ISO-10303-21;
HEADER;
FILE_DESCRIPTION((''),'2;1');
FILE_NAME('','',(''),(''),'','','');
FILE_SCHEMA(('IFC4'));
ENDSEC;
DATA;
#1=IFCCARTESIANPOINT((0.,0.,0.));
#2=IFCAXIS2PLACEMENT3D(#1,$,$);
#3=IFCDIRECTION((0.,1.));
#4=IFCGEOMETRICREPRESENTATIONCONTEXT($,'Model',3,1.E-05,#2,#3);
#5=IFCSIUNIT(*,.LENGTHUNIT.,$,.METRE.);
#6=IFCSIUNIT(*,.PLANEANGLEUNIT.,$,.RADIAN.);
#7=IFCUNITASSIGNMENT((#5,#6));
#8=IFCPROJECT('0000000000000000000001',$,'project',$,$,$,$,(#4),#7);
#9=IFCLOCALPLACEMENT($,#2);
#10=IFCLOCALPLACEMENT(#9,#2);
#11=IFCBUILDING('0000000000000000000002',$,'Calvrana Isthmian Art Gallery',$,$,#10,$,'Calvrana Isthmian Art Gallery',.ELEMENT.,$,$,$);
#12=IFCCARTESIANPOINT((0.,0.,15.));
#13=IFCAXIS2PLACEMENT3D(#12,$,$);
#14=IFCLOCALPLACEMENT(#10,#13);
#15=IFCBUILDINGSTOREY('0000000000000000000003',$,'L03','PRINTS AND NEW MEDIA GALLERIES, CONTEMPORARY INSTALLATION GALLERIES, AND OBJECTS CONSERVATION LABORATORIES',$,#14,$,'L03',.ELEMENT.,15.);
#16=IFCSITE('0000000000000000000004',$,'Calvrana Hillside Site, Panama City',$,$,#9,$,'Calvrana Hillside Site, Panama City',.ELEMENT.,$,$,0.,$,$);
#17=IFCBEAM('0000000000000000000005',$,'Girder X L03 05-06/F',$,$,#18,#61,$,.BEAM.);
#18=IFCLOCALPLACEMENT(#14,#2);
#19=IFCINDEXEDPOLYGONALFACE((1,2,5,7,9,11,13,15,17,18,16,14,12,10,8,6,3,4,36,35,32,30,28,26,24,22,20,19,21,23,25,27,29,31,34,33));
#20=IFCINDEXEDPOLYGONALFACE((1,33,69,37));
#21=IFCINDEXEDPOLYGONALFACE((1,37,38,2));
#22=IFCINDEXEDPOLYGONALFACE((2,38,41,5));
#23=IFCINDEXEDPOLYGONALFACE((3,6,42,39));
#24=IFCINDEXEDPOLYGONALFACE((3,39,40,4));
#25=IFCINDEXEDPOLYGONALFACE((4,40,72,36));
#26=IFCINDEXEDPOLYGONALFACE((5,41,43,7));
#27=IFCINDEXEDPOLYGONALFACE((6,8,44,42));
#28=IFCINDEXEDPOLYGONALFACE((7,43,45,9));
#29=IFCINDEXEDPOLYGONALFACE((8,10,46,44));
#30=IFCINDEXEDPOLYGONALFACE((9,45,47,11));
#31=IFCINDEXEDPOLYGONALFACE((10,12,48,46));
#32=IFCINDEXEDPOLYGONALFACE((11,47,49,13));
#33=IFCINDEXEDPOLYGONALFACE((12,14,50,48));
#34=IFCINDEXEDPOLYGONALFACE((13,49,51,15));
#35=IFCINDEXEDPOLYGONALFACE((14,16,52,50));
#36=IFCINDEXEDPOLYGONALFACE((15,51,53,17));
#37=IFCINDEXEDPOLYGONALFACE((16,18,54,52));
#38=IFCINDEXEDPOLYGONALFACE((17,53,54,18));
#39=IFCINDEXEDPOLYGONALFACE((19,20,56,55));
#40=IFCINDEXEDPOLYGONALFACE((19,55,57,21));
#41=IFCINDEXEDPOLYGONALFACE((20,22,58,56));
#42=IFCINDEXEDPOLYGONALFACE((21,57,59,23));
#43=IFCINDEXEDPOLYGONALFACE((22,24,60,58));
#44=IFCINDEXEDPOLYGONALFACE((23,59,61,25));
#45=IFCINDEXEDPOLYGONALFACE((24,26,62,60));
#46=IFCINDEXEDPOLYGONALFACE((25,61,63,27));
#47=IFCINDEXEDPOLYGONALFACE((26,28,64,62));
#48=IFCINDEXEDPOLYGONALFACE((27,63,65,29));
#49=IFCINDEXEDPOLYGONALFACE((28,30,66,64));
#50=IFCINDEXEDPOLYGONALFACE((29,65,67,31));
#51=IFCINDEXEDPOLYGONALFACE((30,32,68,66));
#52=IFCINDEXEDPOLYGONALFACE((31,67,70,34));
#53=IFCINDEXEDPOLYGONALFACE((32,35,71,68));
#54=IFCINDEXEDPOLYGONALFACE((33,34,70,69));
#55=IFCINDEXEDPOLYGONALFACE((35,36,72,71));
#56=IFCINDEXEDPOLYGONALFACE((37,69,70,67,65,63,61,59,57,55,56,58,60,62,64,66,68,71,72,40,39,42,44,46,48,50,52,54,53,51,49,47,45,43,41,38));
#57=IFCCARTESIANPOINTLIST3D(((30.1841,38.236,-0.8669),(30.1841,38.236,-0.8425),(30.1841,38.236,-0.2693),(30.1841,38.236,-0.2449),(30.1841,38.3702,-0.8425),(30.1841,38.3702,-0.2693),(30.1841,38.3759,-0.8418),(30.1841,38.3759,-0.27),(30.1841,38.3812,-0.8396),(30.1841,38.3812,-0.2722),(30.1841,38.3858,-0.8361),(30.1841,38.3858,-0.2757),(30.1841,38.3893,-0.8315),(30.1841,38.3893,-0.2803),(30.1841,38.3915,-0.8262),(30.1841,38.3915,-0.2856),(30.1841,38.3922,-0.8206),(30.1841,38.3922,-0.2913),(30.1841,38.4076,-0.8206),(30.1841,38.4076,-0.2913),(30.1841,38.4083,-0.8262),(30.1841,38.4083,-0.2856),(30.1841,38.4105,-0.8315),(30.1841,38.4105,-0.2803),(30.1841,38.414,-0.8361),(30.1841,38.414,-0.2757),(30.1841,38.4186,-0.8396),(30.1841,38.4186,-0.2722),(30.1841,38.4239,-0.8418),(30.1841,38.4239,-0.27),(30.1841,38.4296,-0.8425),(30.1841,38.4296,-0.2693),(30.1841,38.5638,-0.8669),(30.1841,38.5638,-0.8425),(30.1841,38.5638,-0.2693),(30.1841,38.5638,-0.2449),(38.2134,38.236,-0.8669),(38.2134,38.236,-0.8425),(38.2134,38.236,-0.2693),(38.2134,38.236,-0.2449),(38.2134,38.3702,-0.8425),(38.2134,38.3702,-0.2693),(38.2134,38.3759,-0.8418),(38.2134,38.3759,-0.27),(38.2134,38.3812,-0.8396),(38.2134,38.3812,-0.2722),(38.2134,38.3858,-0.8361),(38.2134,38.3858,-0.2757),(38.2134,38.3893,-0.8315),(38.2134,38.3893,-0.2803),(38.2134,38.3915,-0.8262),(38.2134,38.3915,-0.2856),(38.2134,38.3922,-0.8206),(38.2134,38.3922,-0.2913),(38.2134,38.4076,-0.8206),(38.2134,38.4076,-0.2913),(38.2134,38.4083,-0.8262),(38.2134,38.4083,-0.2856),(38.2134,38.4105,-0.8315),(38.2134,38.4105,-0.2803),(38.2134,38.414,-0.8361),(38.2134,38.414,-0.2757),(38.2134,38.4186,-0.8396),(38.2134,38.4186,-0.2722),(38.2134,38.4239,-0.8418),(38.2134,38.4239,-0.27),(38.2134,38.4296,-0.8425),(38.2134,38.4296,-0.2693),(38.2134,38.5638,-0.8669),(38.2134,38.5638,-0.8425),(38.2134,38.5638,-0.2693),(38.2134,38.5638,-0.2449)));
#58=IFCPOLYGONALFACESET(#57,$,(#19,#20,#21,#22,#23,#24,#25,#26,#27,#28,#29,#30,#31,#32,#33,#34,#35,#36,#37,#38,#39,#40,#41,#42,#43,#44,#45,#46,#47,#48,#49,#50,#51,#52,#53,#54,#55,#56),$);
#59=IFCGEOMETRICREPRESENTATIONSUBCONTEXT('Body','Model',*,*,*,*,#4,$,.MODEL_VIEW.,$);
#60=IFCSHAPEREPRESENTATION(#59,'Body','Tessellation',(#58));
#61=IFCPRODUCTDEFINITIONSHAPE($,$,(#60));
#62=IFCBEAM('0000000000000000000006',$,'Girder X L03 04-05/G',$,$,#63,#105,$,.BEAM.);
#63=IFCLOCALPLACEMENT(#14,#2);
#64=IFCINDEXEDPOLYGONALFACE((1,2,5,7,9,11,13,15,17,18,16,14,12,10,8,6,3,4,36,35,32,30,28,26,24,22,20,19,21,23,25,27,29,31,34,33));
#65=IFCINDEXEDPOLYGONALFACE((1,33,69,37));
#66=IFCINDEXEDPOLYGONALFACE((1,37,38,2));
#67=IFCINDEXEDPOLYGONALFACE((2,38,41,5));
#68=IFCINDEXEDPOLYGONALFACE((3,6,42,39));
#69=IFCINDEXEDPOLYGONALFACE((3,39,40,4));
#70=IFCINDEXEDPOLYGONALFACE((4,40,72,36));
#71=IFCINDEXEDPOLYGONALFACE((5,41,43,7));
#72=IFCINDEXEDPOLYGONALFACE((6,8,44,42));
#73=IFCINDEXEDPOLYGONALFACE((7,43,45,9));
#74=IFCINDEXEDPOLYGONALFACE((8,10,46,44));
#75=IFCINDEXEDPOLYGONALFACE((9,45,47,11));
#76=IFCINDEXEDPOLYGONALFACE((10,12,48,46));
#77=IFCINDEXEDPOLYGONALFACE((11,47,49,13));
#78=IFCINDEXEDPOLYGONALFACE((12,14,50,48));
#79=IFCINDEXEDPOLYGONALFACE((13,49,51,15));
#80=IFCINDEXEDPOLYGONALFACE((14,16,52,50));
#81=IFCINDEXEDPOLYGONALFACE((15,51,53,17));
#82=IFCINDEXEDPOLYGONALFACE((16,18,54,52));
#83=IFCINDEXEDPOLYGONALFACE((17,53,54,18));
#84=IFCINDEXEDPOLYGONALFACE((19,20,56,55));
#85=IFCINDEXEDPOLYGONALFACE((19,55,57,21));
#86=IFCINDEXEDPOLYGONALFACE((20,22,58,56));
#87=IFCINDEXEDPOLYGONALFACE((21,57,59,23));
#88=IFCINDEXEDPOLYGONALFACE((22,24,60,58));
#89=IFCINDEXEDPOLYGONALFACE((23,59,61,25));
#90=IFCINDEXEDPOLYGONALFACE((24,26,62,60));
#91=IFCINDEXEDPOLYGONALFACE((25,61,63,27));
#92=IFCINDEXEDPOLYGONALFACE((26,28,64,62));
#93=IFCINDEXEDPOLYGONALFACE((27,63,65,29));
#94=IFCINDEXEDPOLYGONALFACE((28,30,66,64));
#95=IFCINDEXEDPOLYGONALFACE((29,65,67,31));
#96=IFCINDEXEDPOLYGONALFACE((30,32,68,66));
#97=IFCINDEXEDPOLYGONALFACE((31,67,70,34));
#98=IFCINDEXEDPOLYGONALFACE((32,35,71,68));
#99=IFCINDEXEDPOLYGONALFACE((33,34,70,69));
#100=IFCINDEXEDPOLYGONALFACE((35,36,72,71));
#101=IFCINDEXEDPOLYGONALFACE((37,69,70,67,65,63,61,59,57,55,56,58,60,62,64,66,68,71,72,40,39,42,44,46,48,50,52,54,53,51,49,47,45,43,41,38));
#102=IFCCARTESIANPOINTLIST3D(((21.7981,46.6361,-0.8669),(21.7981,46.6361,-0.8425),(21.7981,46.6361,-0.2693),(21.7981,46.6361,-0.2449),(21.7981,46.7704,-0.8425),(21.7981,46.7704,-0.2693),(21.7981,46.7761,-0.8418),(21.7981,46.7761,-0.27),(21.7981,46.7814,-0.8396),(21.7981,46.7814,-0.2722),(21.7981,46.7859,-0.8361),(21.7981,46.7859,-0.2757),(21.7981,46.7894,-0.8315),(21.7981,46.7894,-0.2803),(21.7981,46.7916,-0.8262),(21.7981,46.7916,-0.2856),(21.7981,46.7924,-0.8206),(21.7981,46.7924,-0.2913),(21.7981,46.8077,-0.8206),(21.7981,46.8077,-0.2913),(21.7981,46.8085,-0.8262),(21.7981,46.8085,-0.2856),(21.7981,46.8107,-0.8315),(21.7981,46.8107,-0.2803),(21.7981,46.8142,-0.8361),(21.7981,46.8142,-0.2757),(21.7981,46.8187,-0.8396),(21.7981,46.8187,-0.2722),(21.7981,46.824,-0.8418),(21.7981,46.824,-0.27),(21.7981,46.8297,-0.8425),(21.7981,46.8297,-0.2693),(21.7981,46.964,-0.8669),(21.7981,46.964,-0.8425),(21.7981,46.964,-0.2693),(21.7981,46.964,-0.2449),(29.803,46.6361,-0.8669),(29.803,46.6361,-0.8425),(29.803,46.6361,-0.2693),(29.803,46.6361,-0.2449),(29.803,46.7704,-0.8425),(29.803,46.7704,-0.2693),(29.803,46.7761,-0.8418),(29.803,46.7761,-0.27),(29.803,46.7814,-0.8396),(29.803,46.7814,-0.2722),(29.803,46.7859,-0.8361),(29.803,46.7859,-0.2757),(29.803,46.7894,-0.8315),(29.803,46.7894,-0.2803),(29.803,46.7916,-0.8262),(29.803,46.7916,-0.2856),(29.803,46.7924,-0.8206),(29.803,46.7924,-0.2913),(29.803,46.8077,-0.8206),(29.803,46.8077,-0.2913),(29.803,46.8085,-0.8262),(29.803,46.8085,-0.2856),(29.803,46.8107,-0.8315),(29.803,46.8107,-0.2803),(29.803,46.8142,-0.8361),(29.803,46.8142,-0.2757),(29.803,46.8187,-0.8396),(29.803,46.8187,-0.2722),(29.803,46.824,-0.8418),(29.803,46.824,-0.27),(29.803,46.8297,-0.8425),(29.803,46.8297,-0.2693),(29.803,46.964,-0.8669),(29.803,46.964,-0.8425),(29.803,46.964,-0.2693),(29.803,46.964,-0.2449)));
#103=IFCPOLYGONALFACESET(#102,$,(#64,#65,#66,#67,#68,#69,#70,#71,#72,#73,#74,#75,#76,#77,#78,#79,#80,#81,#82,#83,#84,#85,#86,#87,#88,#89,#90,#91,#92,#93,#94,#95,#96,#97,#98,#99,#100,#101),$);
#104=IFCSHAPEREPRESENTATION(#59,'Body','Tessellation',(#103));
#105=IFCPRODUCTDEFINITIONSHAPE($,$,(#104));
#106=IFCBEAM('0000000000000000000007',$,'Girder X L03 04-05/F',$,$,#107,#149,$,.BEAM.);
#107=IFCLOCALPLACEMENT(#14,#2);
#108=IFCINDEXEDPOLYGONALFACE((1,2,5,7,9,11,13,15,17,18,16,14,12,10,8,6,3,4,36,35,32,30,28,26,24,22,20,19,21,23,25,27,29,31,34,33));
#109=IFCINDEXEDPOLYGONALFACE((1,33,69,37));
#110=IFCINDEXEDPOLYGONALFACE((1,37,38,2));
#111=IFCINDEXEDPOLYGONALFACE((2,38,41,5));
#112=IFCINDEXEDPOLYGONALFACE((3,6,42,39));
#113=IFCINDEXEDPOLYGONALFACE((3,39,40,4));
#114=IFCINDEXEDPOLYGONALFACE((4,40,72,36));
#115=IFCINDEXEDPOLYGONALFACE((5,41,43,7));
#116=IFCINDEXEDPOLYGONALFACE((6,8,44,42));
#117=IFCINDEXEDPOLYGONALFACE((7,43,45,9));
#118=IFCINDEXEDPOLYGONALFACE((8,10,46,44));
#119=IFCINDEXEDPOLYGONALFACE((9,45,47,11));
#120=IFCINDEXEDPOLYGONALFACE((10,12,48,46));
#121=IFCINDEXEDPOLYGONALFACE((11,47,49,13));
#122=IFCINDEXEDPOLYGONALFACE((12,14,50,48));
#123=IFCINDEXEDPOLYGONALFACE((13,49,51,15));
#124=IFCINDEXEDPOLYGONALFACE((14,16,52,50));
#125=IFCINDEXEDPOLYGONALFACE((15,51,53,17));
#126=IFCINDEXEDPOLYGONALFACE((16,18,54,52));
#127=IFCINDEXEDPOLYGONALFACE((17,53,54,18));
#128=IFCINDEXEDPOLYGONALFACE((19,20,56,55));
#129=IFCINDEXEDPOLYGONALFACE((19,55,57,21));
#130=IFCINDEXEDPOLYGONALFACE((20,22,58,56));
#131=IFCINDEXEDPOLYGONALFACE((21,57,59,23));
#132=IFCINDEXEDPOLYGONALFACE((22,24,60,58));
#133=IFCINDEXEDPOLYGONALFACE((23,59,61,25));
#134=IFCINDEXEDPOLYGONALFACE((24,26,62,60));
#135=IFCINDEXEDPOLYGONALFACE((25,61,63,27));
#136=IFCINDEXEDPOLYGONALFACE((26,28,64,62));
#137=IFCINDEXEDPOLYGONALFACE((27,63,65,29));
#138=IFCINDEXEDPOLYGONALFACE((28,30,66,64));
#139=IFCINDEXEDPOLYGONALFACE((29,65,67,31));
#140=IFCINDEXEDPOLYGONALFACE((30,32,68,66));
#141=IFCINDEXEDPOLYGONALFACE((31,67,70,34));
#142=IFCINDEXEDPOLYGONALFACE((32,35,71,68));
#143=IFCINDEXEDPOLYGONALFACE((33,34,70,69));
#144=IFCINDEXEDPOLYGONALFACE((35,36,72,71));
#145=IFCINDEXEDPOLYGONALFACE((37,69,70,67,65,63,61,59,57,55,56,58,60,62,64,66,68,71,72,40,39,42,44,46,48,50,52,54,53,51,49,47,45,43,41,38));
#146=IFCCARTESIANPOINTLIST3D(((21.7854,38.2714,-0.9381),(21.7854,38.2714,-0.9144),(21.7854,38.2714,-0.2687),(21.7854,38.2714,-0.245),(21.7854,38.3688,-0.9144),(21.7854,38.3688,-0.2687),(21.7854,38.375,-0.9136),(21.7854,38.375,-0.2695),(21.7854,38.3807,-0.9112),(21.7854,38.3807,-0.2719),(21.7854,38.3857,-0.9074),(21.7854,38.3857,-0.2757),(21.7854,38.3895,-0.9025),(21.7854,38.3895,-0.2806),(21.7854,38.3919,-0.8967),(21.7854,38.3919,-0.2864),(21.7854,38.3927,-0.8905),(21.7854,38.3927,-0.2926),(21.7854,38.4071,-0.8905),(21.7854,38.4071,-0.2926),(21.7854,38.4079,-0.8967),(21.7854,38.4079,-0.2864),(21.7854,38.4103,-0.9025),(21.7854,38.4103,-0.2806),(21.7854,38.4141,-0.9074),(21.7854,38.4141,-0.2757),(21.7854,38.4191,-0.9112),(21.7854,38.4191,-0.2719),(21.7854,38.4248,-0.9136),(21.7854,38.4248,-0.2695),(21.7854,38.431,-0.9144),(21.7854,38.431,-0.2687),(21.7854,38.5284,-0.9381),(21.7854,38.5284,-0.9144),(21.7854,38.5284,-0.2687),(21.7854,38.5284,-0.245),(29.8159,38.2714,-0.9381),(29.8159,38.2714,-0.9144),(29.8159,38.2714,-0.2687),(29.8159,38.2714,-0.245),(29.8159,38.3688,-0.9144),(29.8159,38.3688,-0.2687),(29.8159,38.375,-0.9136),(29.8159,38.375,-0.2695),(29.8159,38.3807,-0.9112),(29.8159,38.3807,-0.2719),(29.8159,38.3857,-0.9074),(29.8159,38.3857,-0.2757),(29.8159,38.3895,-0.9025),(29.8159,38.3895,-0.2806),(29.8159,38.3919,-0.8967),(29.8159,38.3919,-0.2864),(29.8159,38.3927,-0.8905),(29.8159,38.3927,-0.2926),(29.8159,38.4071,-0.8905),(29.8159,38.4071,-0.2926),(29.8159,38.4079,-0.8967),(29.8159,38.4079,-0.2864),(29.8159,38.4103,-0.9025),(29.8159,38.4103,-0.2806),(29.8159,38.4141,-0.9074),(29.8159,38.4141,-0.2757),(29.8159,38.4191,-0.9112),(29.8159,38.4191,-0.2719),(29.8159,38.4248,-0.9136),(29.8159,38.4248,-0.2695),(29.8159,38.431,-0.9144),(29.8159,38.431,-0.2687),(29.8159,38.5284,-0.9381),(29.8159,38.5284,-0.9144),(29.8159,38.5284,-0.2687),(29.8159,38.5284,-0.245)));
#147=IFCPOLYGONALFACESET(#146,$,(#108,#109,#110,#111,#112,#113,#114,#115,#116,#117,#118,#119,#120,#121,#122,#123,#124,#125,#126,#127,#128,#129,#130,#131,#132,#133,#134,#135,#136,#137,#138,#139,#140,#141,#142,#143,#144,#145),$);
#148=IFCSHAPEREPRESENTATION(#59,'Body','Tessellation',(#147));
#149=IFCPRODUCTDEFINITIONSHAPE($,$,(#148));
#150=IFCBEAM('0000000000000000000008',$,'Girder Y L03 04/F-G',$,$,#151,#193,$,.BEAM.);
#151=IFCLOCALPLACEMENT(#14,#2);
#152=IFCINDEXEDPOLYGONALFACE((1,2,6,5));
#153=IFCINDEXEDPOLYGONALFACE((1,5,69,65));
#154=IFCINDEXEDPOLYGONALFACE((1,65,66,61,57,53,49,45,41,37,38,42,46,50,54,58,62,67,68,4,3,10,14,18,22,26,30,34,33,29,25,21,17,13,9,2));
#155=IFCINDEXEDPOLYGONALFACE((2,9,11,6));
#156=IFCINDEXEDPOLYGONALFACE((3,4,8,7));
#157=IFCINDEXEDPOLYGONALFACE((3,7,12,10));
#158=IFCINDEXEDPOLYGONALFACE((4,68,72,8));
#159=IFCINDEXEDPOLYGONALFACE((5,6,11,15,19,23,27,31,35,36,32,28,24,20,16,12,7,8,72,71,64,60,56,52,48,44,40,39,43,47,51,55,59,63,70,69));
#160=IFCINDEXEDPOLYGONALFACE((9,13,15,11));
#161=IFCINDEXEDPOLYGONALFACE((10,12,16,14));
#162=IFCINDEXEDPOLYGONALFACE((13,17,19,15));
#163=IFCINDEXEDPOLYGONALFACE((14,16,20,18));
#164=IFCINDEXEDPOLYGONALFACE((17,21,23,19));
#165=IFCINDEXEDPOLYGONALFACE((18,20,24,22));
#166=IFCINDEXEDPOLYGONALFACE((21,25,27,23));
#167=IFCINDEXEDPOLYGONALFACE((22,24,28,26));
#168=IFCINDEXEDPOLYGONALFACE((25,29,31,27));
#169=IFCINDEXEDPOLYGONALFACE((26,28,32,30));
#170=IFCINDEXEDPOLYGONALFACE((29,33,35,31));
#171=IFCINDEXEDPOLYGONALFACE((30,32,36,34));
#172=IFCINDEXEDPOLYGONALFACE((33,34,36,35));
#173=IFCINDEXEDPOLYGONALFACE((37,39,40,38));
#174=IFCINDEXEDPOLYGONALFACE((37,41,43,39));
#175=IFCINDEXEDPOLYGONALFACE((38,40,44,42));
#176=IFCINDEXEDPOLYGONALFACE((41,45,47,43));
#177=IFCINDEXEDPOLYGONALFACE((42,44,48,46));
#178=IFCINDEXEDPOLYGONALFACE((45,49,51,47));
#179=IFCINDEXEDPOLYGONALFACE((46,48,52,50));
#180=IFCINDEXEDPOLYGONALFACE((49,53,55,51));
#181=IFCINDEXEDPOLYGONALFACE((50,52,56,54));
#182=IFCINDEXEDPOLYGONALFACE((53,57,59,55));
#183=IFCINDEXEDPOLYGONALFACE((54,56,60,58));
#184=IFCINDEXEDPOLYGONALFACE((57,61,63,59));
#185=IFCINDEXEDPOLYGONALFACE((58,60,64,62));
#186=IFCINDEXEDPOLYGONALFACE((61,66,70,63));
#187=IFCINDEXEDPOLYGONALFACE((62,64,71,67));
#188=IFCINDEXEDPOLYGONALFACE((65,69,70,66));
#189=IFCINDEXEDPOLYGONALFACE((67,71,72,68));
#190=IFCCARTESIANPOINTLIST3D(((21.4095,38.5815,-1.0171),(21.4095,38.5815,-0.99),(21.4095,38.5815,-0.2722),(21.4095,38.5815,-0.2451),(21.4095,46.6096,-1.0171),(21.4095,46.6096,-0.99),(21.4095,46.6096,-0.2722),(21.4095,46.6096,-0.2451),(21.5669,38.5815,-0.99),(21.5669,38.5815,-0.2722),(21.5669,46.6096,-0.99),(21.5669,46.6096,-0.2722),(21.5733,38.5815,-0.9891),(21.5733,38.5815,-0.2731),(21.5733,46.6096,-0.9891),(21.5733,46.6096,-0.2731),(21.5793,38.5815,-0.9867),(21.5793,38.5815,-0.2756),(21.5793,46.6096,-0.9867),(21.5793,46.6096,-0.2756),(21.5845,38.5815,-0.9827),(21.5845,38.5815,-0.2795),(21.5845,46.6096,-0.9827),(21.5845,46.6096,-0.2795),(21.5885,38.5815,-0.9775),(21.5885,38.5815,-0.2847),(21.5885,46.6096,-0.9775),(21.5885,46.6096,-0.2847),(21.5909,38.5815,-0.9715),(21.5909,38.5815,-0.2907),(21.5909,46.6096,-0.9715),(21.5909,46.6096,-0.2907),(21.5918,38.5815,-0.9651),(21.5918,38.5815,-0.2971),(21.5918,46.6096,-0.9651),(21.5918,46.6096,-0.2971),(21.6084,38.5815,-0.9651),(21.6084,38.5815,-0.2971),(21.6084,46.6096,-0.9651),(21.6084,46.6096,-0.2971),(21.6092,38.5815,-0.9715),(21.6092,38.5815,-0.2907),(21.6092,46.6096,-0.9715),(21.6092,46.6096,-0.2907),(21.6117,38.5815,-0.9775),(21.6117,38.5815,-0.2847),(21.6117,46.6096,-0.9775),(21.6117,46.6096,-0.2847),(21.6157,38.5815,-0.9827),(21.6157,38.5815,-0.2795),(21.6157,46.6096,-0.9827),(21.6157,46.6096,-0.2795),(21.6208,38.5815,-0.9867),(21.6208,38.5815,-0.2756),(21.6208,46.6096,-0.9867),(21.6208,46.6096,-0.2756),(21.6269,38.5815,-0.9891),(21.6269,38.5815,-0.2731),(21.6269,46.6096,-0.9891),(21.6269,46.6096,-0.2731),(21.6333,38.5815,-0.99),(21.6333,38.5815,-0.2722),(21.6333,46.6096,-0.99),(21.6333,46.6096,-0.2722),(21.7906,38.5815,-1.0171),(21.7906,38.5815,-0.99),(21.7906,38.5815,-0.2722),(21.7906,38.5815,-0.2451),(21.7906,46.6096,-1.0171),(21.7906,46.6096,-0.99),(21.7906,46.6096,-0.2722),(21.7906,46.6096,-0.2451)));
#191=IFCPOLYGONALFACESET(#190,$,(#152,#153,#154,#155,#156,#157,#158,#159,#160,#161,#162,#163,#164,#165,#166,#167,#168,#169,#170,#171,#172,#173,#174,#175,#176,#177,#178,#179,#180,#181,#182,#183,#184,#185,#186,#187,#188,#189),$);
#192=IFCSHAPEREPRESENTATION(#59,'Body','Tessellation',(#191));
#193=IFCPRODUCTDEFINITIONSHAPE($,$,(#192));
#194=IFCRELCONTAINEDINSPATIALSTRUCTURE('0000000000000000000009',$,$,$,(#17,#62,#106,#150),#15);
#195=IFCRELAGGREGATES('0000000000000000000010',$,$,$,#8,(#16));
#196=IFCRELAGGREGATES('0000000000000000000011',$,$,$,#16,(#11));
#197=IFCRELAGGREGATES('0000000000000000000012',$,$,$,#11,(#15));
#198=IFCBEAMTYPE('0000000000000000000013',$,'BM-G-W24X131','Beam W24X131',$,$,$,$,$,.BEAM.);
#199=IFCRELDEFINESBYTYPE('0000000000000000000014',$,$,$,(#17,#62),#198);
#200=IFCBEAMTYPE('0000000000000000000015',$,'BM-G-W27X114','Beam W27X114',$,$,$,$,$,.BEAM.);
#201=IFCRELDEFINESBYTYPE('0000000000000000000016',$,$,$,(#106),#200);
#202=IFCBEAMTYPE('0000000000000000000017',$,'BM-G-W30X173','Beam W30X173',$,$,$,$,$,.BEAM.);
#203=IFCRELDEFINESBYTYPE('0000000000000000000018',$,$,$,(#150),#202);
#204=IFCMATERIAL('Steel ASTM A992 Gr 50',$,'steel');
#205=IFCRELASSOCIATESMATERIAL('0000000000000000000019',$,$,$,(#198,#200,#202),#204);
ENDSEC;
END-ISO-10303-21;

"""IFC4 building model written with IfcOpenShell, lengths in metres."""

from ifc_helpers import new_model, si_unit, direction, frame, origin, origin_2d, place, context, subcontext, project, spatial, i_section, extrude, material, material_profile, profile_set, type_object, element, save


model = new_model("IFC4")

# Units and contexts
model_context = context("Model", 3, precision=1e-05, world=origin(), true_north=direction((0.0, 1.0)))
body_context = subcontext(model_context, "Body", "Model", "MODEL_VIEW")
ifc_project = project(units=[si_unit("LENGTHUNIT", "METRE"), si_unit("PLANEANGLEUNIT", "RADIAN")], contexts=[model_context])

# Site, building, storey
site_placement = place(None, origin())
site = spatial("IfcSite", under=ifc_project, at=site_placement, Name="Calvrana Hillside Site, Panama City", LongName="Calvrana Hillside Site, Panama City", CompositionType="ELEMENT", RefElevation=0.0)
building_placement = place(site_placement, origin())
building = spatial("IfcBuilding", under=site, at=building_placement, Name="Calvrana Isthmian Art Gallery", LongName="Calvrana Isthmian Art Gallery", CompositionType="ELEMENT")
storey_placement = place(building_placement, frame((0.0, 0.0, 15.0)))
storey = spatial("IfcBuildingStorey", under=building, at=storey_placement, Name="L03", Description="PRINTS AND NEW MEDIA GALLERIES, CONTEMPORARY INSTALLATION GALLERIES, AND OBJECTS CONSERVATION LABORATORIES", LongName="L03", CompositionType="ELEMENT", Elevation=15.0)

# Shared definitions
ifc_material_1 = material(Name="Steel ASTM A992 Gr 50", Category="steel")

# Beams
ifc_material_profile_1 = material_profile(ifc_material_1, i_section(OverallWidth=0.3279, OverallDepth=0.6221, WebThickness=0.0154, FlangeThickness=0.0244, FilletRadius=0.022, at=origin_2d()), Name="W24X131")
ifc_profile_set_1 = profile_set([ifc_material_profile_1], Name="Steel ASTM A992 Gr 50")
beam_type_1 = type_object("IfcBeamType", Name="BM-G-W24X131", Description="Beam W24X131", PredefinedType="BEAM", material=ifc_profile_set_1)
beam_1_placement = place(storey_placement, frame((30.1841, 38.3999, -0.5559), z_axis=(1.0, 0.0, 0.0), x_axis=(0.0, 1.0, 0.0)))
element("IfcBeam", 1, at=beam_1_placement, inside=storey, type_object=beam_type_1, Name="Girder X L03 05-06/F", PredefinedType="BEAM", context=body_context, shape_type="SweptSolid", body=[
    extrude(i_section(OverallWidth=0.3279, OverallDepth=0.6221, WebThickness=0.0154, FlangeThickness=0.0244, FilletRadius=0.022, at=origin_2d()), origin(), (0.0, 0.0, 1.0), 8.0293),
])
beam_2_placement = place(storey_placement, frame((21.7981, 46.8, -0.5559), z_axis=(1.0, 0.0, 0.0), x_axis=(0.0, 1.0, 0.0)))
element("IfcBeam", 2, at=beam_2_placement, inside=storey, type_object=beam_type_1, Name="Girder X L03 04-05/G", PredefinedType="BEAM", context=body_context, shape_type="SweptSolid", body=[
    extrude(i_section(OverallWidth=0.3279, OverallDepth=0.6221, WebThickness=0.0154, FlangeThickness=0.0244, FilletRadius=0.022, at=origin_2d()), origin(), (0.0, 0.0, 1.0), 8.0049),
])
ifc_material_profile_2 = material_profile(ifc_material_1, i_section(OverallWidth=0.2571, OverallDepth=0.6931, WebThickness=0.0144, FlangeThickness=0.0237, FilletRadius=0.0239, at=origin_2d()), Name="W27X114")
ifc_profile_set_2 = profile_set([ifc_material_profile_2], Name="Steel ASTM A992 Gr 50")
beam_type_2 = type_object("IfcBeamType", Name="BM-G-W27X114", Description="Beam W27X114", PredefinedType="BEAM", material=ifc_profile_set_2)
beam_3_placement = place(storey_placement, frame((21.7854, 38.3999, -0.5916), z_axis=(1.0, 0.0, 0.0), x_axis=(0.0, 1.0, 0.0)))
element("IfcBeam", 3, at=beam_3_placement, inside=storey, type_object=beam_type_2, Name="Girder X L03 04-05/F", PredefinedType="BEAM", context=body_context, shape_type="SweptSolid", body=[
    extrude(i_section(OverallWidth=0.2571, OverallDepth=0.6931, WebThickness=0.0144, FlangeThickness=0.0237, FilletRadius=0.0239, at=origin_2d()), origin(), (0.0, 0.0, 1.0), 8.0305),
])
ifc_material_profile_3 = material_profile(ifc_material_1, i_section(OverallWidth=0.3811, OverallDepth=0.772, WebThickness=0.0166, FlangeThickness=0.0271, FilletRadius=0.0249, at=origin_2d()), Name="W30X173")
ifc_profile_set_3 = profile_set([ifc_material_profile_3], Name="Steel ASTM A992 Gr 50")
beam_type_3 = type_object("IfcBeamType", Name="BM-G-W30X173", Description="Beam W30X173", PredefinedType="BEAM", material=ifc_profile_set_3)
beam_4_placement = place(storey_placement, frame((21.6001, 38.5815, -0.6311), z_axis=(0.0, 1.0, 0.0), x_axis=(-1.0, 0.0, 0.0)))
element("IfcBeam", 4, at=beam_4_placement, inside=storey, type_object=beam_type_3, Name="Girder Y L03 04/F-G", PredefinedType="BEAM", context=body_context, shape_type="SweptSolid", body=[
    extrude(i_section(OverallWidth=0.3811, OverallDepth=0.772, WebThickness=0.0166, FlangeThickness=0.0271, FilletRadius=0.0249, at=origin_2d()), origin(), (0.0, 0.0, 1.0), 8.0281),
])

save(model, "model.ifc")
